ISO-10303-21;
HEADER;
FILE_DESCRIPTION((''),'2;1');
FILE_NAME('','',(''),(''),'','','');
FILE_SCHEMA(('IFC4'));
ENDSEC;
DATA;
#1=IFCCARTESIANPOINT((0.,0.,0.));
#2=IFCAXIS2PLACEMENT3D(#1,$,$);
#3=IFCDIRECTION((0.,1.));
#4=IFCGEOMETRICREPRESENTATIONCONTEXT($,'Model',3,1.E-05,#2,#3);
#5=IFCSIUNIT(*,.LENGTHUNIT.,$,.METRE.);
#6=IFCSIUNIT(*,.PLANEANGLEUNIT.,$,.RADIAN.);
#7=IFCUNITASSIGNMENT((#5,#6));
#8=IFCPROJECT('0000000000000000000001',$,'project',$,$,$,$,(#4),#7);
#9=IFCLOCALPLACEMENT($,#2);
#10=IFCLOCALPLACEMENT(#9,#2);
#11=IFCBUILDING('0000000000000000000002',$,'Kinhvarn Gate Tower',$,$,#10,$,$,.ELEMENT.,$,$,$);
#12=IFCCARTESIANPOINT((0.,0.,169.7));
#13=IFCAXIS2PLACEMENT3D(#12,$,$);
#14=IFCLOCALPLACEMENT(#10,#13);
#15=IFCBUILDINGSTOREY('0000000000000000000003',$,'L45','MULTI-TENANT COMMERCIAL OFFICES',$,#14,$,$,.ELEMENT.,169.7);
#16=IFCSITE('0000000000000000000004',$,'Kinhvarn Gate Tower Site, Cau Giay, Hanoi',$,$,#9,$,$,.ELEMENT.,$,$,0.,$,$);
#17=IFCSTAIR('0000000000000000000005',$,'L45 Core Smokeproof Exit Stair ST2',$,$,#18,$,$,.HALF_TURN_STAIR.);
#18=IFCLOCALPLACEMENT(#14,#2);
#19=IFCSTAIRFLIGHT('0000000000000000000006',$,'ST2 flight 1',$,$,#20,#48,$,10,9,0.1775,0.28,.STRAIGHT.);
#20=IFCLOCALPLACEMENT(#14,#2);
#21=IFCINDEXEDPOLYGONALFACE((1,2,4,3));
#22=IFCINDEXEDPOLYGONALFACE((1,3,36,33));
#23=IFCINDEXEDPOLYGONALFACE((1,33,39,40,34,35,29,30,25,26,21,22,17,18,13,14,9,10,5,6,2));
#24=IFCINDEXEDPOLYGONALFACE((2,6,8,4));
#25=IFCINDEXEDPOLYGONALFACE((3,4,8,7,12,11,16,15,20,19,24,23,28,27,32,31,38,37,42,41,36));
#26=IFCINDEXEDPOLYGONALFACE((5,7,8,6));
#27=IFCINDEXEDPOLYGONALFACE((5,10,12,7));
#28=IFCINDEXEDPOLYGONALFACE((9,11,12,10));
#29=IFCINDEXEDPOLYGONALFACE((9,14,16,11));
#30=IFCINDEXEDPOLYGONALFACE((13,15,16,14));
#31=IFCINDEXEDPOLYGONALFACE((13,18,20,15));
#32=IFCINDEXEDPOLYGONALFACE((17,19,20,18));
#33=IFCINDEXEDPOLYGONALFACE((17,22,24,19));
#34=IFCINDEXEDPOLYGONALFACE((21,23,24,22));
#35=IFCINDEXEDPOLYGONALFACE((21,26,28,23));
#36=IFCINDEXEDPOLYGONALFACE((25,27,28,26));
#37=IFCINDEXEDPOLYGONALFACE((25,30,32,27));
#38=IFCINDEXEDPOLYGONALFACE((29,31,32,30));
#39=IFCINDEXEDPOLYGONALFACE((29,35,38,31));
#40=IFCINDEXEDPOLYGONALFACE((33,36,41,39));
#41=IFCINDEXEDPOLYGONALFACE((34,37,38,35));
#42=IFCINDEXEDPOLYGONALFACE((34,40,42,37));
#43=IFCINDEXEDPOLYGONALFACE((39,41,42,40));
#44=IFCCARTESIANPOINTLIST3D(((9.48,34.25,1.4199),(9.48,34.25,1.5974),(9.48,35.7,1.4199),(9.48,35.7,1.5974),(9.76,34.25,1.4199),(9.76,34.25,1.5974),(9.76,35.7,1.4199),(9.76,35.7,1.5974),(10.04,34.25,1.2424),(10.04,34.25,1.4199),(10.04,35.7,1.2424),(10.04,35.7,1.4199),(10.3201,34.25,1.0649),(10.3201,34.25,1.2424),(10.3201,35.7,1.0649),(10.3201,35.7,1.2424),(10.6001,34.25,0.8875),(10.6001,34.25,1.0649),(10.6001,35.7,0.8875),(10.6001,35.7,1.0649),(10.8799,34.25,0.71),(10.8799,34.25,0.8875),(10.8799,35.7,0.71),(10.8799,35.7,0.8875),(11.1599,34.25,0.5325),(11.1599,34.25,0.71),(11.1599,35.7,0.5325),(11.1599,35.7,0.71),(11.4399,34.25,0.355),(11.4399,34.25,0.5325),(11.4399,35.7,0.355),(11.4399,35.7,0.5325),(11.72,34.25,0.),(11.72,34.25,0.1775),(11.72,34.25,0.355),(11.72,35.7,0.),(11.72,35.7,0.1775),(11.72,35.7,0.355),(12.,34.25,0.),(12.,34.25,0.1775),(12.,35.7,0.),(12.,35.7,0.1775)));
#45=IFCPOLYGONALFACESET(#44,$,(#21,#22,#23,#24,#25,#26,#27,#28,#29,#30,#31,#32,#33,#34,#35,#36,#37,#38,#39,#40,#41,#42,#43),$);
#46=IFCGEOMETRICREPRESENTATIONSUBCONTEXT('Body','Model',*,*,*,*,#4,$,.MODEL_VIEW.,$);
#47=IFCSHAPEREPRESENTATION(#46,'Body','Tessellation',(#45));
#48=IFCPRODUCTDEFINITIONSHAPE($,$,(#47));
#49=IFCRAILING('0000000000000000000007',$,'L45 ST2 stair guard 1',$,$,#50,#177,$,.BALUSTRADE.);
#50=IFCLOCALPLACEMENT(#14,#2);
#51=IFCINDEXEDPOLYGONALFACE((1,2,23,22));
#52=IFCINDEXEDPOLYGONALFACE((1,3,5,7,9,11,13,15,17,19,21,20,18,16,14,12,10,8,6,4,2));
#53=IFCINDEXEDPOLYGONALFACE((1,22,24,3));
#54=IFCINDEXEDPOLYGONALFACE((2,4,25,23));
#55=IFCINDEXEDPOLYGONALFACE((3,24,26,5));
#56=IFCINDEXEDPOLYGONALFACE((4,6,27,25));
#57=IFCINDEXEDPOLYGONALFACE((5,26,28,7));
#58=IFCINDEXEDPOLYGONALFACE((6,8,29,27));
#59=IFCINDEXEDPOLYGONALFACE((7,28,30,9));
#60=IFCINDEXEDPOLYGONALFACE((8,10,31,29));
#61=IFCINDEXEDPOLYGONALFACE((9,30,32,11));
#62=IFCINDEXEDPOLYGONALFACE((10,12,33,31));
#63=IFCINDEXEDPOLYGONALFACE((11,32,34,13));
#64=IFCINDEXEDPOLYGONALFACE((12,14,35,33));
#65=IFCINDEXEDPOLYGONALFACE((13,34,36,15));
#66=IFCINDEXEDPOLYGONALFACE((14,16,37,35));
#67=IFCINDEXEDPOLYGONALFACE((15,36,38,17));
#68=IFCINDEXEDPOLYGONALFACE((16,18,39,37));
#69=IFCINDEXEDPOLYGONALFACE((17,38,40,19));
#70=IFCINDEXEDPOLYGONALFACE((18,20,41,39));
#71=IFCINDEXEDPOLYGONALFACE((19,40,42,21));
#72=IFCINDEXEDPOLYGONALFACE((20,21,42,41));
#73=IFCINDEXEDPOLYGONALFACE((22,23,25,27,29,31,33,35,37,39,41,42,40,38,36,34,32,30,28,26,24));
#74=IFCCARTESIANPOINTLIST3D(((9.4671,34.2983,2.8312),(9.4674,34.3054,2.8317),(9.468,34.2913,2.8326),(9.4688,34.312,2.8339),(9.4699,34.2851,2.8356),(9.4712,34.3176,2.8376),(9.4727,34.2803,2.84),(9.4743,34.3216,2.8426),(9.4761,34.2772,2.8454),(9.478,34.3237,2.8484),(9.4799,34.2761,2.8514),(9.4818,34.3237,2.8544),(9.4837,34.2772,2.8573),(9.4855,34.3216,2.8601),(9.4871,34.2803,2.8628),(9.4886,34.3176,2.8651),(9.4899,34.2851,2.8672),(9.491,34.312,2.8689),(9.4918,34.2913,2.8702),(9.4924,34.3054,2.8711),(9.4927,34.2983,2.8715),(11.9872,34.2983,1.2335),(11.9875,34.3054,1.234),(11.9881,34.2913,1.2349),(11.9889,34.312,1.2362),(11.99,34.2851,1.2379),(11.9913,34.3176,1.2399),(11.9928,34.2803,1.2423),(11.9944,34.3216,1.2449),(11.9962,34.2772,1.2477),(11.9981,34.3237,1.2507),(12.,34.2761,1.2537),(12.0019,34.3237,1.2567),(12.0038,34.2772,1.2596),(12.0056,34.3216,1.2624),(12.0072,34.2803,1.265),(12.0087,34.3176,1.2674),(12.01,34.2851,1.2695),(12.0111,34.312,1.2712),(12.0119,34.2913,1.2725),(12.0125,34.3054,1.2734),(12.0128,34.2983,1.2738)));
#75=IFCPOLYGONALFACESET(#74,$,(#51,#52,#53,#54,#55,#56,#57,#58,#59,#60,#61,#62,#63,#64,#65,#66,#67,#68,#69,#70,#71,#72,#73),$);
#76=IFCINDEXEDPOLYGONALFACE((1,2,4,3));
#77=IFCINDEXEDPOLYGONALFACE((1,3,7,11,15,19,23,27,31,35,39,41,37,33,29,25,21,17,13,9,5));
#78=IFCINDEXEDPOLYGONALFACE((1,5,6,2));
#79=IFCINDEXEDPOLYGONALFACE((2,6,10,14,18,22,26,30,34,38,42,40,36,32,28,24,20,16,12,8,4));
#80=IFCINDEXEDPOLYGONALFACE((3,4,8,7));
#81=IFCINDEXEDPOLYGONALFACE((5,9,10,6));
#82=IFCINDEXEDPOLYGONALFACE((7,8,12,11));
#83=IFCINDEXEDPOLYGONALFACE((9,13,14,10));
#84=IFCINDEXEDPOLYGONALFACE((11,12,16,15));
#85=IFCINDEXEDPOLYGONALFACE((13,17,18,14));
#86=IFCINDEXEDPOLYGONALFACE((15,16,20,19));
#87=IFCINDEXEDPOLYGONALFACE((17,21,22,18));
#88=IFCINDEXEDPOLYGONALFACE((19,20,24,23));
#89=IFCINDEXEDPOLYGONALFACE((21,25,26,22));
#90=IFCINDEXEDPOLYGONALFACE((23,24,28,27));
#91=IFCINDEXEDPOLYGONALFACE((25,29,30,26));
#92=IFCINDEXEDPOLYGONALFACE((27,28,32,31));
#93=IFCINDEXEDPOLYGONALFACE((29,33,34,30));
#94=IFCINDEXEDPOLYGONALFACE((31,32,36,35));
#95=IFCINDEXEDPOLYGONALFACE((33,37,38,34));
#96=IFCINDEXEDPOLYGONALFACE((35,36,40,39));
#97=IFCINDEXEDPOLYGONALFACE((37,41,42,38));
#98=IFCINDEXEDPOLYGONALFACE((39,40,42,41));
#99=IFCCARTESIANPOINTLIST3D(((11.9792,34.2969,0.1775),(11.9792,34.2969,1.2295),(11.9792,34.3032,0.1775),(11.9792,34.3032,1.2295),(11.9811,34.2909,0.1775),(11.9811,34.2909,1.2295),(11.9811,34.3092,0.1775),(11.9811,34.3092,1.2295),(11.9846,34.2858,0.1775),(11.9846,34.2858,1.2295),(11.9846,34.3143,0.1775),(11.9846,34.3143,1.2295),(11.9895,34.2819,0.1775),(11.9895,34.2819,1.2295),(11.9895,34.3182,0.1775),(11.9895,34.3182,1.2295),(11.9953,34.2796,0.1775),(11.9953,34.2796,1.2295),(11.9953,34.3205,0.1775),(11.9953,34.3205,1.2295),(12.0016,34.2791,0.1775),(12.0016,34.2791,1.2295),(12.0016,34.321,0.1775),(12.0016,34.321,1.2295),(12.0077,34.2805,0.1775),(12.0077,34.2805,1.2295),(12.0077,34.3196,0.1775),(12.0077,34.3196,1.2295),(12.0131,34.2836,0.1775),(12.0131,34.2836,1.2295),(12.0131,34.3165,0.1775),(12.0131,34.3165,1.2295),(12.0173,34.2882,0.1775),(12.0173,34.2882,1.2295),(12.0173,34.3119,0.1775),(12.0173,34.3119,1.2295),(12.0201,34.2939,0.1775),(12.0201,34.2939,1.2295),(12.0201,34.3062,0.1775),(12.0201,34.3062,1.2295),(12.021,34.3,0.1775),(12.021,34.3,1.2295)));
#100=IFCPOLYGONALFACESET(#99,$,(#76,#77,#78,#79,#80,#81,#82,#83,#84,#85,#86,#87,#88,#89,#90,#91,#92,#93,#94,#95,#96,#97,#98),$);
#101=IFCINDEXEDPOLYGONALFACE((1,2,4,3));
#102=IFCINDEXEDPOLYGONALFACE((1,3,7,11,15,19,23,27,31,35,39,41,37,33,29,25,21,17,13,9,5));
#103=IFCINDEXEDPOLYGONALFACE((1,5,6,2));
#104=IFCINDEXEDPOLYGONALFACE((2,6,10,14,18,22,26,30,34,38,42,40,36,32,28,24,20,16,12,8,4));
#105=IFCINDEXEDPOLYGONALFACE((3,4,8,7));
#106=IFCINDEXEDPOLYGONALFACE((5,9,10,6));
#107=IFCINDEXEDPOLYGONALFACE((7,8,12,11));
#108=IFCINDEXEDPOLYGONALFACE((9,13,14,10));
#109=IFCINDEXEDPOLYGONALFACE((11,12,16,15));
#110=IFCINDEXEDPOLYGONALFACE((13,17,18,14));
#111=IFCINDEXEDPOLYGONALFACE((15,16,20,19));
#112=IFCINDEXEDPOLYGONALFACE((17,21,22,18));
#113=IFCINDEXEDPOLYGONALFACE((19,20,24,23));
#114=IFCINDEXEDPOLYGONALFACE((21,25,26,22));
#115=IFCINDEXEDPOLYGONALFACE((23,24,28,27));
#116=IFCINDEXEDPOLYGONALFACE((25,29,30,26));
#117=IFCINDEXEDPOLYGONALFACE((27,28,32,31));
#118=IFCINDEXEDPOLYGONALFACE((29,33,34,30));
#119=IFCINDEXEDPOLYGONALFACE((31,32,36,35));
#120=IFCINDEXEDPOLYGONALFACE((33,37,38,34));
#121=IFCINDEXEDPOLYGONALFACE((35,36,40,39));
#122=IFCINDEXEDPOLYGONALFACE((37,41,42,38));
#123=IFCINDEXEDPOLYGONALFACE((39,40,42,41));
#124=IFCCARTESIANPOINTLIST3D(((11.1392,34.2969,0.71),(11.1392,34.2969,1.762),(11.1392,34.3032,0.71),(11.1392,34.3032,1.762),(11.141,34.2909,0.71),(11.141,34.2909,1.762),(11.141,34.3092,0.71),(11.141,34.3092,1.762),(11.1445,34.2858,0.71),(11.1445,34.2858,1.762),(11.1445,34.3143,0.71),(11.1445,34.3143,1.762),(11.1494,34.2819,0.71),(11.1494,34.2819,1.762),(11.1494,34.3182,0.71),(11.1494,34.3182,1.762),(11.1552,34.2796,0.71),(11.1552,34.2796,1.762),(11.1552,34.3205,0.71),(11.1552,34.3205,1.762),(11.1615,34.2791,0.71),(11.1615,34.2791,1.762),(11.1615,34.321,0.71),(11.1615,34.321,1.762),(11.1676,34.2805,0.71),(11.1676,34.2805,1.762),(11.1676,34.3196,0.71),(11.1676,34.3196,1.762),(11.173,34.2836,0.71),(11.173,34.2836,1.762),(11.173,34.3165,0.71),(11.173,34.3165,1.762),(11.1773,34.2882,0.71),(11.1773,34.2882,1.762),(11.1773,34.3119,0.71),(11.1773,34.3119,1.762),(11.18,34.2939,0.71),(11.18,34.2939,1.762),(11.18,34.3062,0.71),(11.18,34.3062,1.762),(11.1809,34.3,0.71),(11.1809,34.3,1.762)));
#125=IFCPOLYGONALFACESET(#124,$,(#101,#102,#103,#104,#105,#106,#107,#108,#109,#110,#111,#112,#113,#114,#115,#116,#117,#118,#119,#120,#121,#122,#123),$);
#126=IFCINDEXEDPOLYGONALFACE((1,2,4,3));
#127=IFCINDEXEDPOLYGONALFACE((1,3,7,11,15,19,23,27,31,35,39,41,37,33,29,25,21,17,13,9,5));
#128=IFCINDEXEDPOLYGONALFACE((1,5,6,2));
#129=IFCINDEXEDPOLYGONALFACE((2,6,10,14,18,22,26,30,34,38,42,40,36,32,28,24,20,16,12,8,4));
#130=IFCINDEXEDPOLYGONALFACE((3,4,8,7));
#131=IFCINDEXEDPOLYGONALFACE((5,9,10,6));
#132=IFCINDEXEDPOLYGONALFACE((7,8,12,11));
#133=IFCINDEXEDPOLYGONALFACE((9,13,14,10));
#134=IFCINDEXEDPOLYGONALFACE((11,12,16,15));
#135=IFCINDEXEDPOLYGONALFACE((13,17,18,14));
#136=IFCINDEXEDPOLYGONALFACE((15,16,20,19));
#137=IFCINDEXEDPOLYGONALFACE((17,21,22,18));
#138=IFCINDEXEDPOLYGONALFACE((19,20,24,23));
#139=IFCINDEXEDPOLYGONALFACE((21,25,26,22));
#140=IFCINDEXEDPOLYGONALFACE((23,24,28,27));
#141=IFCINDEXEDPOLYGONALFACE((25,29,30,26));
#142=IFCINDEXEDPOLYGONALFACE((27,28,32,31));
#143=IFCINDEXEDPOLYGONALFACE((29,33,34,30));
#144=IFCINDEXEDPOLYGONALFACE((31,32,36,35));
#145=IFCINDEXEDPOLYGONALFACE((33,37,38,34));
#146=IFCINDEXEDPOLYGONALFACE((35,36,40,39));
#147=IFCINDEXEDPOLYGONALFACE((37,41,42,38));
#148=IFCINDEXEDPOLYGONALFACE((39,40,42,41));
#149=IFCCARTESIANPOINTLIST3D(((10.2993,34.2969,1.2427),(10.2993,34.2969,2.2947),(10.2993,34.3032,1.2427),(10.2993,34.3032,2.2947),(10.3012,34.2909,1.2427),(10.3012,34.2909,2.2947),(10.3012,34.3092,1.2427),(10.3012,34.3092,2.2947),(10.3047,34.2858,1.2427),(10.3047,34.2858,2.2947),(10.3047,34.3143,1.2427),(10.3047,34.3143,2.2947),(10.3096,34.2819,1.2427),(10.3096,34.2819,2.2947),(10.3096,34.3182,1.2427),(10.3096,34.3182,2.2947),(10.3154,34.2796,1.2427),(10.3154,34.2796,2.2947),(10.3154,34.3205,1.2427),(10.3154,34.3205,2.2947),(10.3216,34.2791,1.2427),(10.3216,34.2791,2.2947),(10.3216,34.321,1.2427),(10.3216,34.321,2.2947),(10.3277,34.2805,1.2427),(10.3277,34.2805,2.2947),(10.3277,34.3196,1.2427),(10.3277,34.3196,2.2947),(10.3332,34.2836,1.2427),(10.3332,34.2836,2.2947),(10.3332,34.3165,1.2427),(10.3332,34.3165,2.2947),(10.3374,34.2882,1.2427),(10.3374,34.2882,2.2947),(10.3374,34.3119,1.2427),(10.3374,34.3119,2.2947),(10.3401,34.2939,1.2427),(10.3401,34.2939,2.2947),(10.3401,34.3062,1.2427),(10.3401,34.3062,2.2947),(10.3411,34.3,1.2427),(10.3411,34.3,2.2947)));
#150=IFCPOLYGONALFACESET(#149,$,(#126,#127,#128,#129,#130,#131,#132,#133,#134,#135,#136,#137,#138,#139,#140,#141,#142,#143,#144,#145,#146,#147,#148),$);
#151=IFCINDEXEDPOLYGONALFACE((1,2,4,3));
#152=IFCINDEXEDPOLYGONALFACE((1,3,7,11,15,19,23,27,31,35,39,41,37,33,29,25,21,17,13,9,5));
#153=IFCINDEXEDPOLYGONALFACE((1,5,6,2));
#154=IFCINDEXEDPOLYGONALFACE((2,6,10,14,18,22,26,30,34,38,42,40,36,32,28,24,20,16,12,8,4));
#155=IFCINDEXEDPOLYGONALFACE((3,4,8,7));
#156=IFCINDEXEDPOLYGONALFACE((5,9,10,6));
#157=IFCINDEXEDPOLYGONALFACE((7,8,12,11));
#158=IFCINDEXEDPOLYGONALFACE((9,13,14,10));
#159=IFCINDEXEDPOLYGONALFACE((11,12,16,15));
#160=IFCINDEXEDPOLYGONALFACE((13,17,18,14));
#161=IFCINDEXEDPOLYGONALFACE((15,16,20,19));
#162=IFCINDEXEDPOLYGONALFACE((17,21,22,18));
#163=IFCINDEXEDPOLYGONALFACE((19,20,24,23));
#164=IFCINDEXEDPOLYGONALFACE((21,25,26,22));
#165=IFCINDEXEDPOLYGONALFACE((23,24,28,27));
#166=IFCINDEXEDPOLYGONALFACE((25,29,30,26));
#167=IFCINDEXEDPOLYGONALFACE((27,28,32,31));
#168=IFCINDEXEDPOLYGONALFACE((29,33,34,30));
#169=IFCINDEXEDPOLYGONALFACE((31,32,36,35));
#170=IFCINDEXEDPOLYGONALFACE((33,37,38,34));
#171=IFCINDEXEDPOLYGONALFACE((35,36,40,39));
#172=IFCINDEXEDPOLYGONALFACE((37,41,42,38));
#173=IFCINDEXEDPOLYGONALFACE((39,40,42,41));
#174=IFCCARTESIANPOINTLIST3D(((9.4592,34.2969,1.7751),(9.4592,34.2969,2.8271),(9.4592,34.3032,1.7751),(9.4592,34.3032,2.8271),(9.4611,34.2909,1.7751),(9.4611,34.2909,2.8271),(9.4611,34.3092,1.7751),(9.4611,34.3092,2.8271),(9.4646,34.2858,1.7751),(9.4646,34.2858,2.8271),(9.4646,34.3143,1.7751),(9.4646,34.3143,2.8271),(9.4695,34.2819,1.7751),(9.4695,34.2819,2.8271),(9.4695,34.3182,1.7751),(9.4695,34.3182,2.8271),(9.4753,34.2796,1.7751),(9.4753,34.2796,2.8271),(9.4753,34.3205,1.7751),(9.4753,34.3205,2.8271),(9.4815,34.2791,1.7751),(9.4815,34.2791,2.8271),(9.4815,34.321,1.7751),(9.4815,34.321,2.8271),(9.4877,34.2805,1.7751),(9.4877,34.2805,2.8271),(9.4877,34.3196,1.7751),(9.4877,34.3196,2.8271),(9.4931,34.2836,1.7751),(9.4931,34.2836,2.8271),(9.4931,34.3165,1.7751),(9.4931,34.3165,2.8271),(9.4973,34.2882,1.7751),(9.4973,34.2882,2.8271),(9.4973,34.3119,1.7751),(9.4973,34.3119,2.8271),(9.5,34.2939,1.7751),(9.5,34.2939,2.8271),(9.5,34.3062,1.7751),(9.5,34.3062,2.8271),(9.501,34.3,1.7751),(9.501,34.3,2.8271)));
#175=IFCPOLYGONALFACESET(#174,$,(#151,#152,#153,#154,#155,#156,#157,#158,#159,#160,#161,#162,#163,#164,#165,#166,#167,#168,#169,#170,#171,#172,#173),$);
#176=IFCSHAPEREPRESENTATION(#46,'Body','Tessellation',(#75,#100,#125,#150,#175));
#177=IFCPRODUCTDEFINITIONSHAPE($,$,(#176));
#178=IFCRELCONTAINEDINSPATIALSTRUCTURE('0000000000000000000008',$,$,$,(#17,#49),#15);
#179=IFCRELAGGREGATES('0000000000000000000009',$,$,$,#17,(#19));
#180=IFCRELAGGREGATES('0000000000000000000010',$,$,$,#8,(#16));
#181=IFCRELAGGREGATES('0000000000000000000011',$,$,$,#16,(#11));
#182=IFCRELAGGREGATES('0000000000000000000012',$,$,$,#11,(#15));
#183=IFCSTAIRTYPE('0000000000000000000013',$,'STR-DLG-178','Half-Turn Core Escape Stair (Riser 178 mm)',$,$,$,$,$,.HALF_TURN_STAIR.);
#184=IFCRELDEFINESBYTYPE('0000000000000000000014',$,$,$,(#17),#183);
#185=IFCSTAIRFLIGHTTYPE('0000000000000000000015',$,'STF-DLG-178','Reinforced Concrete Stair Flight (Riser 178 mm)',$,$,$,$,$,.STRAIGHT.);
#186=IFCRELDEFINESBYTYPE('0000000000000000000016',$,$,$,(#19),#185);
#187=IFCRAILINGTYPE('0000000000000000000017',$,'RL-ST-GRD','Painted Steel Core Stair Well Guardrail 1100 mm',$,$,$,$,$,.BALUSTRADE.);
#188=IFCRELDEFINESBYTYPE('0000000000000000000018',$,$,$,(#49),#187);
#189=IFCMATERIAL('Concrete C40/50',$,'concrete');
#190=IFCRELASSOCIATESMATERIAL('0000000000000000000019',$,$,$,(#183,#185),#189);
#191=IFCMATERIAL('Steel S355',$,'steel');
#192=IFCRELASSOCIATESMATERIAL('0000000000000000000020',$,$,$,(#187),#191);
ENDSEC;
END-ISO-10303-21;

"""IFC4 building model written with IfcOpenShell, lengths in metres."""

from ifc_helpers import new_model, si_unit, direction, frame, origin, origin_2d, place, context, subcontext, project, spatial, polyline, circle, outline, extrude, material, type_object, element, aggregate, save


model = new_model("IFC4")

# Units and contexts
model_context = context("Model", 3, precision=1e-05, world=origin(), true_north=direction((0.0, 1.0)))
body_context = subcontext(model_context, "Body", "Model", "MODEL_VIEW")
ifc_project = project(units=[si_unit("LENGTHUNIT", "METRE"), si_unit("PLANEANGLEUNIT", "RADIAN")], contexts=[model_context])

# Site, building, storey
site_placement = place(None, origin())
site = spatial("IfcSite", under=ifc_project, at=site_placement, Name="Kinhvarn Gate Tower Site, Cau Giay, Hanoi", CompositionType="ELEMENT", RefElevation=0.0)
building_placement = place(site_placement, origin())
building = spatial("IfcBuilding", under=site, at=building_placement, Name="Kinhvarn Gate Tower", CompositionType="ELEMENT")
storey_placement = place(building_placement, frame((0.0, 0.0, 169.7)))
storey = spatial("IfcBuildingStorey", under=building, at=storey_placement, Name="L45", Description="MULTI-TENANT COMMERCIAL OFFICES", CompositionType="ELEMENT", Elevation=169.7)

# Shared definitions
ifc_material_1 = material(Name="Steel S355", Category="steel")

# Shared definitions
ifc_material_2 = material(Name="Concrete C40/50", Category="concrete")

# Stair, stair flight
stair_type = type_object("IfcStairType", Name="STR-DLG-178", Description="Half-Turn Core Escape Stair (Riser 178 mm)", PredefinedType="HALF_TURN_STAIR", material=ifc_material_2)
stair_placement = place(storey_placement, origin())
stair = element("IfcStair", 1, at=stair_placement, inside=storey, type_object=stair_type, Name="L45 Core Smokeproof Exit Stair ST2", PredefinedType="HALF_TURN_STAIR")
stair_flight_type = type_object("IfcStairFlightType", Name="STF-DLG-178", Description="Reinforced Concrete Stair Flight (Riser 178 mm)", PredefinedType="STRAIGHT", material=ifc_material_2)
stair_flight_placement = place(storey_placement, frame((12.0, 34.9751, 0.0), z_axis=(0.0, 0.0, 1.0), x_axis=(-1.0, 0.0, 0.0)))
stair_flight = element("IfcStairFlight", 2, at=stair_flight_placement, type_object=stair_flight_type, Name="ST2 flight 1", NumberOfRisers=10, NumberOfTreads=9, PredefinedType="STRAIGHT", RiserHeight=0.1775, TreadLength=0.28, context=body_context, shape_type="SweptSolid", body=[
    extrude(outline(polyline([(0.0, 0.0), (0.0, 0.1775), (0.28, 0.1775), (0.28, 0.355), (0.5601, 0.355), (0.5601, 0.5325), (0.8401, 0.5325), (0.8401, 0.71), (1.1201, 0.71), (1.1201, 0.8875), (1.3999, 0.8875), (1.3999, 1.0649), (1.6799, 1.0649), (1.6799, 1.2424), (1.96, 1.2424), (1.96, 1.4199), (2.24, 1.4199), (2.24, 1.5974), (2.52, 1.5974), (2.52, 1.7749), (2.52, 1.4199), (0.28, 0.0), (0.0, 0.0)])), frame((0.0, 0.7251, 0.0), z_axis=(0.0, -1.0, 0.0), x_axis=(1.0, 0.0, 0.0)), (0.0, 0.0, 1.0), 1.45),
])
aggregate(stair, [stair_flight])

# Railing
railing_type_1 = type_object("IfcRailingType", Name="RL-ST-GRD", Description="Painted Steel Core Stair Well Guardrail 1100 mm", PredefinedType="BALUSTRADE", material=ifc_material_1)
railing_1_placement = place(storey_placement, frame((12.0, 34.3, 0.1775)))
element("IfcRailing", 3, at=railing_1_placement, inside=storey, type_object=railing_type_1, Name="L45 ST2 stair guard 1", PredefinedType="BALUSTRADE", context=body_context, shape_type="SweptSolid", body=[
    extrude(circle(Radius=0.0239, at=origin_2d()), frame((0.0, 0.0, 1.0762), z_axis=(-0.84457, 0.0, 0.535445), x_axis=(0.0, -1.0, 0.0)), (0.0, 0.0, 1.0), 2.9839),
    extrude(circle(Radius=0.021, at=origin_2d()), origin(), (0.0, 0.0, 1.0), 1.052),
    extrude(circle(Radius=0.021, at=origin_2d()), frame((-0.8401, 0.0, 0.5325)), (0.0, 0.0, 1.0), 1.052),
    extrude(circle(Radius=0.021, at=origin_2d()), frame((-1.6799, 0.0, 1.0652)), (0.0, 0.0, 1.0), 1.052),
    extrude(circle(Radius=0.021, at=origin_2d()), frame((-2.52, 0.0, 1.5977)), (0.0, 0.0, 1.0), 1.052),
])

save(model, "model.ifc")
